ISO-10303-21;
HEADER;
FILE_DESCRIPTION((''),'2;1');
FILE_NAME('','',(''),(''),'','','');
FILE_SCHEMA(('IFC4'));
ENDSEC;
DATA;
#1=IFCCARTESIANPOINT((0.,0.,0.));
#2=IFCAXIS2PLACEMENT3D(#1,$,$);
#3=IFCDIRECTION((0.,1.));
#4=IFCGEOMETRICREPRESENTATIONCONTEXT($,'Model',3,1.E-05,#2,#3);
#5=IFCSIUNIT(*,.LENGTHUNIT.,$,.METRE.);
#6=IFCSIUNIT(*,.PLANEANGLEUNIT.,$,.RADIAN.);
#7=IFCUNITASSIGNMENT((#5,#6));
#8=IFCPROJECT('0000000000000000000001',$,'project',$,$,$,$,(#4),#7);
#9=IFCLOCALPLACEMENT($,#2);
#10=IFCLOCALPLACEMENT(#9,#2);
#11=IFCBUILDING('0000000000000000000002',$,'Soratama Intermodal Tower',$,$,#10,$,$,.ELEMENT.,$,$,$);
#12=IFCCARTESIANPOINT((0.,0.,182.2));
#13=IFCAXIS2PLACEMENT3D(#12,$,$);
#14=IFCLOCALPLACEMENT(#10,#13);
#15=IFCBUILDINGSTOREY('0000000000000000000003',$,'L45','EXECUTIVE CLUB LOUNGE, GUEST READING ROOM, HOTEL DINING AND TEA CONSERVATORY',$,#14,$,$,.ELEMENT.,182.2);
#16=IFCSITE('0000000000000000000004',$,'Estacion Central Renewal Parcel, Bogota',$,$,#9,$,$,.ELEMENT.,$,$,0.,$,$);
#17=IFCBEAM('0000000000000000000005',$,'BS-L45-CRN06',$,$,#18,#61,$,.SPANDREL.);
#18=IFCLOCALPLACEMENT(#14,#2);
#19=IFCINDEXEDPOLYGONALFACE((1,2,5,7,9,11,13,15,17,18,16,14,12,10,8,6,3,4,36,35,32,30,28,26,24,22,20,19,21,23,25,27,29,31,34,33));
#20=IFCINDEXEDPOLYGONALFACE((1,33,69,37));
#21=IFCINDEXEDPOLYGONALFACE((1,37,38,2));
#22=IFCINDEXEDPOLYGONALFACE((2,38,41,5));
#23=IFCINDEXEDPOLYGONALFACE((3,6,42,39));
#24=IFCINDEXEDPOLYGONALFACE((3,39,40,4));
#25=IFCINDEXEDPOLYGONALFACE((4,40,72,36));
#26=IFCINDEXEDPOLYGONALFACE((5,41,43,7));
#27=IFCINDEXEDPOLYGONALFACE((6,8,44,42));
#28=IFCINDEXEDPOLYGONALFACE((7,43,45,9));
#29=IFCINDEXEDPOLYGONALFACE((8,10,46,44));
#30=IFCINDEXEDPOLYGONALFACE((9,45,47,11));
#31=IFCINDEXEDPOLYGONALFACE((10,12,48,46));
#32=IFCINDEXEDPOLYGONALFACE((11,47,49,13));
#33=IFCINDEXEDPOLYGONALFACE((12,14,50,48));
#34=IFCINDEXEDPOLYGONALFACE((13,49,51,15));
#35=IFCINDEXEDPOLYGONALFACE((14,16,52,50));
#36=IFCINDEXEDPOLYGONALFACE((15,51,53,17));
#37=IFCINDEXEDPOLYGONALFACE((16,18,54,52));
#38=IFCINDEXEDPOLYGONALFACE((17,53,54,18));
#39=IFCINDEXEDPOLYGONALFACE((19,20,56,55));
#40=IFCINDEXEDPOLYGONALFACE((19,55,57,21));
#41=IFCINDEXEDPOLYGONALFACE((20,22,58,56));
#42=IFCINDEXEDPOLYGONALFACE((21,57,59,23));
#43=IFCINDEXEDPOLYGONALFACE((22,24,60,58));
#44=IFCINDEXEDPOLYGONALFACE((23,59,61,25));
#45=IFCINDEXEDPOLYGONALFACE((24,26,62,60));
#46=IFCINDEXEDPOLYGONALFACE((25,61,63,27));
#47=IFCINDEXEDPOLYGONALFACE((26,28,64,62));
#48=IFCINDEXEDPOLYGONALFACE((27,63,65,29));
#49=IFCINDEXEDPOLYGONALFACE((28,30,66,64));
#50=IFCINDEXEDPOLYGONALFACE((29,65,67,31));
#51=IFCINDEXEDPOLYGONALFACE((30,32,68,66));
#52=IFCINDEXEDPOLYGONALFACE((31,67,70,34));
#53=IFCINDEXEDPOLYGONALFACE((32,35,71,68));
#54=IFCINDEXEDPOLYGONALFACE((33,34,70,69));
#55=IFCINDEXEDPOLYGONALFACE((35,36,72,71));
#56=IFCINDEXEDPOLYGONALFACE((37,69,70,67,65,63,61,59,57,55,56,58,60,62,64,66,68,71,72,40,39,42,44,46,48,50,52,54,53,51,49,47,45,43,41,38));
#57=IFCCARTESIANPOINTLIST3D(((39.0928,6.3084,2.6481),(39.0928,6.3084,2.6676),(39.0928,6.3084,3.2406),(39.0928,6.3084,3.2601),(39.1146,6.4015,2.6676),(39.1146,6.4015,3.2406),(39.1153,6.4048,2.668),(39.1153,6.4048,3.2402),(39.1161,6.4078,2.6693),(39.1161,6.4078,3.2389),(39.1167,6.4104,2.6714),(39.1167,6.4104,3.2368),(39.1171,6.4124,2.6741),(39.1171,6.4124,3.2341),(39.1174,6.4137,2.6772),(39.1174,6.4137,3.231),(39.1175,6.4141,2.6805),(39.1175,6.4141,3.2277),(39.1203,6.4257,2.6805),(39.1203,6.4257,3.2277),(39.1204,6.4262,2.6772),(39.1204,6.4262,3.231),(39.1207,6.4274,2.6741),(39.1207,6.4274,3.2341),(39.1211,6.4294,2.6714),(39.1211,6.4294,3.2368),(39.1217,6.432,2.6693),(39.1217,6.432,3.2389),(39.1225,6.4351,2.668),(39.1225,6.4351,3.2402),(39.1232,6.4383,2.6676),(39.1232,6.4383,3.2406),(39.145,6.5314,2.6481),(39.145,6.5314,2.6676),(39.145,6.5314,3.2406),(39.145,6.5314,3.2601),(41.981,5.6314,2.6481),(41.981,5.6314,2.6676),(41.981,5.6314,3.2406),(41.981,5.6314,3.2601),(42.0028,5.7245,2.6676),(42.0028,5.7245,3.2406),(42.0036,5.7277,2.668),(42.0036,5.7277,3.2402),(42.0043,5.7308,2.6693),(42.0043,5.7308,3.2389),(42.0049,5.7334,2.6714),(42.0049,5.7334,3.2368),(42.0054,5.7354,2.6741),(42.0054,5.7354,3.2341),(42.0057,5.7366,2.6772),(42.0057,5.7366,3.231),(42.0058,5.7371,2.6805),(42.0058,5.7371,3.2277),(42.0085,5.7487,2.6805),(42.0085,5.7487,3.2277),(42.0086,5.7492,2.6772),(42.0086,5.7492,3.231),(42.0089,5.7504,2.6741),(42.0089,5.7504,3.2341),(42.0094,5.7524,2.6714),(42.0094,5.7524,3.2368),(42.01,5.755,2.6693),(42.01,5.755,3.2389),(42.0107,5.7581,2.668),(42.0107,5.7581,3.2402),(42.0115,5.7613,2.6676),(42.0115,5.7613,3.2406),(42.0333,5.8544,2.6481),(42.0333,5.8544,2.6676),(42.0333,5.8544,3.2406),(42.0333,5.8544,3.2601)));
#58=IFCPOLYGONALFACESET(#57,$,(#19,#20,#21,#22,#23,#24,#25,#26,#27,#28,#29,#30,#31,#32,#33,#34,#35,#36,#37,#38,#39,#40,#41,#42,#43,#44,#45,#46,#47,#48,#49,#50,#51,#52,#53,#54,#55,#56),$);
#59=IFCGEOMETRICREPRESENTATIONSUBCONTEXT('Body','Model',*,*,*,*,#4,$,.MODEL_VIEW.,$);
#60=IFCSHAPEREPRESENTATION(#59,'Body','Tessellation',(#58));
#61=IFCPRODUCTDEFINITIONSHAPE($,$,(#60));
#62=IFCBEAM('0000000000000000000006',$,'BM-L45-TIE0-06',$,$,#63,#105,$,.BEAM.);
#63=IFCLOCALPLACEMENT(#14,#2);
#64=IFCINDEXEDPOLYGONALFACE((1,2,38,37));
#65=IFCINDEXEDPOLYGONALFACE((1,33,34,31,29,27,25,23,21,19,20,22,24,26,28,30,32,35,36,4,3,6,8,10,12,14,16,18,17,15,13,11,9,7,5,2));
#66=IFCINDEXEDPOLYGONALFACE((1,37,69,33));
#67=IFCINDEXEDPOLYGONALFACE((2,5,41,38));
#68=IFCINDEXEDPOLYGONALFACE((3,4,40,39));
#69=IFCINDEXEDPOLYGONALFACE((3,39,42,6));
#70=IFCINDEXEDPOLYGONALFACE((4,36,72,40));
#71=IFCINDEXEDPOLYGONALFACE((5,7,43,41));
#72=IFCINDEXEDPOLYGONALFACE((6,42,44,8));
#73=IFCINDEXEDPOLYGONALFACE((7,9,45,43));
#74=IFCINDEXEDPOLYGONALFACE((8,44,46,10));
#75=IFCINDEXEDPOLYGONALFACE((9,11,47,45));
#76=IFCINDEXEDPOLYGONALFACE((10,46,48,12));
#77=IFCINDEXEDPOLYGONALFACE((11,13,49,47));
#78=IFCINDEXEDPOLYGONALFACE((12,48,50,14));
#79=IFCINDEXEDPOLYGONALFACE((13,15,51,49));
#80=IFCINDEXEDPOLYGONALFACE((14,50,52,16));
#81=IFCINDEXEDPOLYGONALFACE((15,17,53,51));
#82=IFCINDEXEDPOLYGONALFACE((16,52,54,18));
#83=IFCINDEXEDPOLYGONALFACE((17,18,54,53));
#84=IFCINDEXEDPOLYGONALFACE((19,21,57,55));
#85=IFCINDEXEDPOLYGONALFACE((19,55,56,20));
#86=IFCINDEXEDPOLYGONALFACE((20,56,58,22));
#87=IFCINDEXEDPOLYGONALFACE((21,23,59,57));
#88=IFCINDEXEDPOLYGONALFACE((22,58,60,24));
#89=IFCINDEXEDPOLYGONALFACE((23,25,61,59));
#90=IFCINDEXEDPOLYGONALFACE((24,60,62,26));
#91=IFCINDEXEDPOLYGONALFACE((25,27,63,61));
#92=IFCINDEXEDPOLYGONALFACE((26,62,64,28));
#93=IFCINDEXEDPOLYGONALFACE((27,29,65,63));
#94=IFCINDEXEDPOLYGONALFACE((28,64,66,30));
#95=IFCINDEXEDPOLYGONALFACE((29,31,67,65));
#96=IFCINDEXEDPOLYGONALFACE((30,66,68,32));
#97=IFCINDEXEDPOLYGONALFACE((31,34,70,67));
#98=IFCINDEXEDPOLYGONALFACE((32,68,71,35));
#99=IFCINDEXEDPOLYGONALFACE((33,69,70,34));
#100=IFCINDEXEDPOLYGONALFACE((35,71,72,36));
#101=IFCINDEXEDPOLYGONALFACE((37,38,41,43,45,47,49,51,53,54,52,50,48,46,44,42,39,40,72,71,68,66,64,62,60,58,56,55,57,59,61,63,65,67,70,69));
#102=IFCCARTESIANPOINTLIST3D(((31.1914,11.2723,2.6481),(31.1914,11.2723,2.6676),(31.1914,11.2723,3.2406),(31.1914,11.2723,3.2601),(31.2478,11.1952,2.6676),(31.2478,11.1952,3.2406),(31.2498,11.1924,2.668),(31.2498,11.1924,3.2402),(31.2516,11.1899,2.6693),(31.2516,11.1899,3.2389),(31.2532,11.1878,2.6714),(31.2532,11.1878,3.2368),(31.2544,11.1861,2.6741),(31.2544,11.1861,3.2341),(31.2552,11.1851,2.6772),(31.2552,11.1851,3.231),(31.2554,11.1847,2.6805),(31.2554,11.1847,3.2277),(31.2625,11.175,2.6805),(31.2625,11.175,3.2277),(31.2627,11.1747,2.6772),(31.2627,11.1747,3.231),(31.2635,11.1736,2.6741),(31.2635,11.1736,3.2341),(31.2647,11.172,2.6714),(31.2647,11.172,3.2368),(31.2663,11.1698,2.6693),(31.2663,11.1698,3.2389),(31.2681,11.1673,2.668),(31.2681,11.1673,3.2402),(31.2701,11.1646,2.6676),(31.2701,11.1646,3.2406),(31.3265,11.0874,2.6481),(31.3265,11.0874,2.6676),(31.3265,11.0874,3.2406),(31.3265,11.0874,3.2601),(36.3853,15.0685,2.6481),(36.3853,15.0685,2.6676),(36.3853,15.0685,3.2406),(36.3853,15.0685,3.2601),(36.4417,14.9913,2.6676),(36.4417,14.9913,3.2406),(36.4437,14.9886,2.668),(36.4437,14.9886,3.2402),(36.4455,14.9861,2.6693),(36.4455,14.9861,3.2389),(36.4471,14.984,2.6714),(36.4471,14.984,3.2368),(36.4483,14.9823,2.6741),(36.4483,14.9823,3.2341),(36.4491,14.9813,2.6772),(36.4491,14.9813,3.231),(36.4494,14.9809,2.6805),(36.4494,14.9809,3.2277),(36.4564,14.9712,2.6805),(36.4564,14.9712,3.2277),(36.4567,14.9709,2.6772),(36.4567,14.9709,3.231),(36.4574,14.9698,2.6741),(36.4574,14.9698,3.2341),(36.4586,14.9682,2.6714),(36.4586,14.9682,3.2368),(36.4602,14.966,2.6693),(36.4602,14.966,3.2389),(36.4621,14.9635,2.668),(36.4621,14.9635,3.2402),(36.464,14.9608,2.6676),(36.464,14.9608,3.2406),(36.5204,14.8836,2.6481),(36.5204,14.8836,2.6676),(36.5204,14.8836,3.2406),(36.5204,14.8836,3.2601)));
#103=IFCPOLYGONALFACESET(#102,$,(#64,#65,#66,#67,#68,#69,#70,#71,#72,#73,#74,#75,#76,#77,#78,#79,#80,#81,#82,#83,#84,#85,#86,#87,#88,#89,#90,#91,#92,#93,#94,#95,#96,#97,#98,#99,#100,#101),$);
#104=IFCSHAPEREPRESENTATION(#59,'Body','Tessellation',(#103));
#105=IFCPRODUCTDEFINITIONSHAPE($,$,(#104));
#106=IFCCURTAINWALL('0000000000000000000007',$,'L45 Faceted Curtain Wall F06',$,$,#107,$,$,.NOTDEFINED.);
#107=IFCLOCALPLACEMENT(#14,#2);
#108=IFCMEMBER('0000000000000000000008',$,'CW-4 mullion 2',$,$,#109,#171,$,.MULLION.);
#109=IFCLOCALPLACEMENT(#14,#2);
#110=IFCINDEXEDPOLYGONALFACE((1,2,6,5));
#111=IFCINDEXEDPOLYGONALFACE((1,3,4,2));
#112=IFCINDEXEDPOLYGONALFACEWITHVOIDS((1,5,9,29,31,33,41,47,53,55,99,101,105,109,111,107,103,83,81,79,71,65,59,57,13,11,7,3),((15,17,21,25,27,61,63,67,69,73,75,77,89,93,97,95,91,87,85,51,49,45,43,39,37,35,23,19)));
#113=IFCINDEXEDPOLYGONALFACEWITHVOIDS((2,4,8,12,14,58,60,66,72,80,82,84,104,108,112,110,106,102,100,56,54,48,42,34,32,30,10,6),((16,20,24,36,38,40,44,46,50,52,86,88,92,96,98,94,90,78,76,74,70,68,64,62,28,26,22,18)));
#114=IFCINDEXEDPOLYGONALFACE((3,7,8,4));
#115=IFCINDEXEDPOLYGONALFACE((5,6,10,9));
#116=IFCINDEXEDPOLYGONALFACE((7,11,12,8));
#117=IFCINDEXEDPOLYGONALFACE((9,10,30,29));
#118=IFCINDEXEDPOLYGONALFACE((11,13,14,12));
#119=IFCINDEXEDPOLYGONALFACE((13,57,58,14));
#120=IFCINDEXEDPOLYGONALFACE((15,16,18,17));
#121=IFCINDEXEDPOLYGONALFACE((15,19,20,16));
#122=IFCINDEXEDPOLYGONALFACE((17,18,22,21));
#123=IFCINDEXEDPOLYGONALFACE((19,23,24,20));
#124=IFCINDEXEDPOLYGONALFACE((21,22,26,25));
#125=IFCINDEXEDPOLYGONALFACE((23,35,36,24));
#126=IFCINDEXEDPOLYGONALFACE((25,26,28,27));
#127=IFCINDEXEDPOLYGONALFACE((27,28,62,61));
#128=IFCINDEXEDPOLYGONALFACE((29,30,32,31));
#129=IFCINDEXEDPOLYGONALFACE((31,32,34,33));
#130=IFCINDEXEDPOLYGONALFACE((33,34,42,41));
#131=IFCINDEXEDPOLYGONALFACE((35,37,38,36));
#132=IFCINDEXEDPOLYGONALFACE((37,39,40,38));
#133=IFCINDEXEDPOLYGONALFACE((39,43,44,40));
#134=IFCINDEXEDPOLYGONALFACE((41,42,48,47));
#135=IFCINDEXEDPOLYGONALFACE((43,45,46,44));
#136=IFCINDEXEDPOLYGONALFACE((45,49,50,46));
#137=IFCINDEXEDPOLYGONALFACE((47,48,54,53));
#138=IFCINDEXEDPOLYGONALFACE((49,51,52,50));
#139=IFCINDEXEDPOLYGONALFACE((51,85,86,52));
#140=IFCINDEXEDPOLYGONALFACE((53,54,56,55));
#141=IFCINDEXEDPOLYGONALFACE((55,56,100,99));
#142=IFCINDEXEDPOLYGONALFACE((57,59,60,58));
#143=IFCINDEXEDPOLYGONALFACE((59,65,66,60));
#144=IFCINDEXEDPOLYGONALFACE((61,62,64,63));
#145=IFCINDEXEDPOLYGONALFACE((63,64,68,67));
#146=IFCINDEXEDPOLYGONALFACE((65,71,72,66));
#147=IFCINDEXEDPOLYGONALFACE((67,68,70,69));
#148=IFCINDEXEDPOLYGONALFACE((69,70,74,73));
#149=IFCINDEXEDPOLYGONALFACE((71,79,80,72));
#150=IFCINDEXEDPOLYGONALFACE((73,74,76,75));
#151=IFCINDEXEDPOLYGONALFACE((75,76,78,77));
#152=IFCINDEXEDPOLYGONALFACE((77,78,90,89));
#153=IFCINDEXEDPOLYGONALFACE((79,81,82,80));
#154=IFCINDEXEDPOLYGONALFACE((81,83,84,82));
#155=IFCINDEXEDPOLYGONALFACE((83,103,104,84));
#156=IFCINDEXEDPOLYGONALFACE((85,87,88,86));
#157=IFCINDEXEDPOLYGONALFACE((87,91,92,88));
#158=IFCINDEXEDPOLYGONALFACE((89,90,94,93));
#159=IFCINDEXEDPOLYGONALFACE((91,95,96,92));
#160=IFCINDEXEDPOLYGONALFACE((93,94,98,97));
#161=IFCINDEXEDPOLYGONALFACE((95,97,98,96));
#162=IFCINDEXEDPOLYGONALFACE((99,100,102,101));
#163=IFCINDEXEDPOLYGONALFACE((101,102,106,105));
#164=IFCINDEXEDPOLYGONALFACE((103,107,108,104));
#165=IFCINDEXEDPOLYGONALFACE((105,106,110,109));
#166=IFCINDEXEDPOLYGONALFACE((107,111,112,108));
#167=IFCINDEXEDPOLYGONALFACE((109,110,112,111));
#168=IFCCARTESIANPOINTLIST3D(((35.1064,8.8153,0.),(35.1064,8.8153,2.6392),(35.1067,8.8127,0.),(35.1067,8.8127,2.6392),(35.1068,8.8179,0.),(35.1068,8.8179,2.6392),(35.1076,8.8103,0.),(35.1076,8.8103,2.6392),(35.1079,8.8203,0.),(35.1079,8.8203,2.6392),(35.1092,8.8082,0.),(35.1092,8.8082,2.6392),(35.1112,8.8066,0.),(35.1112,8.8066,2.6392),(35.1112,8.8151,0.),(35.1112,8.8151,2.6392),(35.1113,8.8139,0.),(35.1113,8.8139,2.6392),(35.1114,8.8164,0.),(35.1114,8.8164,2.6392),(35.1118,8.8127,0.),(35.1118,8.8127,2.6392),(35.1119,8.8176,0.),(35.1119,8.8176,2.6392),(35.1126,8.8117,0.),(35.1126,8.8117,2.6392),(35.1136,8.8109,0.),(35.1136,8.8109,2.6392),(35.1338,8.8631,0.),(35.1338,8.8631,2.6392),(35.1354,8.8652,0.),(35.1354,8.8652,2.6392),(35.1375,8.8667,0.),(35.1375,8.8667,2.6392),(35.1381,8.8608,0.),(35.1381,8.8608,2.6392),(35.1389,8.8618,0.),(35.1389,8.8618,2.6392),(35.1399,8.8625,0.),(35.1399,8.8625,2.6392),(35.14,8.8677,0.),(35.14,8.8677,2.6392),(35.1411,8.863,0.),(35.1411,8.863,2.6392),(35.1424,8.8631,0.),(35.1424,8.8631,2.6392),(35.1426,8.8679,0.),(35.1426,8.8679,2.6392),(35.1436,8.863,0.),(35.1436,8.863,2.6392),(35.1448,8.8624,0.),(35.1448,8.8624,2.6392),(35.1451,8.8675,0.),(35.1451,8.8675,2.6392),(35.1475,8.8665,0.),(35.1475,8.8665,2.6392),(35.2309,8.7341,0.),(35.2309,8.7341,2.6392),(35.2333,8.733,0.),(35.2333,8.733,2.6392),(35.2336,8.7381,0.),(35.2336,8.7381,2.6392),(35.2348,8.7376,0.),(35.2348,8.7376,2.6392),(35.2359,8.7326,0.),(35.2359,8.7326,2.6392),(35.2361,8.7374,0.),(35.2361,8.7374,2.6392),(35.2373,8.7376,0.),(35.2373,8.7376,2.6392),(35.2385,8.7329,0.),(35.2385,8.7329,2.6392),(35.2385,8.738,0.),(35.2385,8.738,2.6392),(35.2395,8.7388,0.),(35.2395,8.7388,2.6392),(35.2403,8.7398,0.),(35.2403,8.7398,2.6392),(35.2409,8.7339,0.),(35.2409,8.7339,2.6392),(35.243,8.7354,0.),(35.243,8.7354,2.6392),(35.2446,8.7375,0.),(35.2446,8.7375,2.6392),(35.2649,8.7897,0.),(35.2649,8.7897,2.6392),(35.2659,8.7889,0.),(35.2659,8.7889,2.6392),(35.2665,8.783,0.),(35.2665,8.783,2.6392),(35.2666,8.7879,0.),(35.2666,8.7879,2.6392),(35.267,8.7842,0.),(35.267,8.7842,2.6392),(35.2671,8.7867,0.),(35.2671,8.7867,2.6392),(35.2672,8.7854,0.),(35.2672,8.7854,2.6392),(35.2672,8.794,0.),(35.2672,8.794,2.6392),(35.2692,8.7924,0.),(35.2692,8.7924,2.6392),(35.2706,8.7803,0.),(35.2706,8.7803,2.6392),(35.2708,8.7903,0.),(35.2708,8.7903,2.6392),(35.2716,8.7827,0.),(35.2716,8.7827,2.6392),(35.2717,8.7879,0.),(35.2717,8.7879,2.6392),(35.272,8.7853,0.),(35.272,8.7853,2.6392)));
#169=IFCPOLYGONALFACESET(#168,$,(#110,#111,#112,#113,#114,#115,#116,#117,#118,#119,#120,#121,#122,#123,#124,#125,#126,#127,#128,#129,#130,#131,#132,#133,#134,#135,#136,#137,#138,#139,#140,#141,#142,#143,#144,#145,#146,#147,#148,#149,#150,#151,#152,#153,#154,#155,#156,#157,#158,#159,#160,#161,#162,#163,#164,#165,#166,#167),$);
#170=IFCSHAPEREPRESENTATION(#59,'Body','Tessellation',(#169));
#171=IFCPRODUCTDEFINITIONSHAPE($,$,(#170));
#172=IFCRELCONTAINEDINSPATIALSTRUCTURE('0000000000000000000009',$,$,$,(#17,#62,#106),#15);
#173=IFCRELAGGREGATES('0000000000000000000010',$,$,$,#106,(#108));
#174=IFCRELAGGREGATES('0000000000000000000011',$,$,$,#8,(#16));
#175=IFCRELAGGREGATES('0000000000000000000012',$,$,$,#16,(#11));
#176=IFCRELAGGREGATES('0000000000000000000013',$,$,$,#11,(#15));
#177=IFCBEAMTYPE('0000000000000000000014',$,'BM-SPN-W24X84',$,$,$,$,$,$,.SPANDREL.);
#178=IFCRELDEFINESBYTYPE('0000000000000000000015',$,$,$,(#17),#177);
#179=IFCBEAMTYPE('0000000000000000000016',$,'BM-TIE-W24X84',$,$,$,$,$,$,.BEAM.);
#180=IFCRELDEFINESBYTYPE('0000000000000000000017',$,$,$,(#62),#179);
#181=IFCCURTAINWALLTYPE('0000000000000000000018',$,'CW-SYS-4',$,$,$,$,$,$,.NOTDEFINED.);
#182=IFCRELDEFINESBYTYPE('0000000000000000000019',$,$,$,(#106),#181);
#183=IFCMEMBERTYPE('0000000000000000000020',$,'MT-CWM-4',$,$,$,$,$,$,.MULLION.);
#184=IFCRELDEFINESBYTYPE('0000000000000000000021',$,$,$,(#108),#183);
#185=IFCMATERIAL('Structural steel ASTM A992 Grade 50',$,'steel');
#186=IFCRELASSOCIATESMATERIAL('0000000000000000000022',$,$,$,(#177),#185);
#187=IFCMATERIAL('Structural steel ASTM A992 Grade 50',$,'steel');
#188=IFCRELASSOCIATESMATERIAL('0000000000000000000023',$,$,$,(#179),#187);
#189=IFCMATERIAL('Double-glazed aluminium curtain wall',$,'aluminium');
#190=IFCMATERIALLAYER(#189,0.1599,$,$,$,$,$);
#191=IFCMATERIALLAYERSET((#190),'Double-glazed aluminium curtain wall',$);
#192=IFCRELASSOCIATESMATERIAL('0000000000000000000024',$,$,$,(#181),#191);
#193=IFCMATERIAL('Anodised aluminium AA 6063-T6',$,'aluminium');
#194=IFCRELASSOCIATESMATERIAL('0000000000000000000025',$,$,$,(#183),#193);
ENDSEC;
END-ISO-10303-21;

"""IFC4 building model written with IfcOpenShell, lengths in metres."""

from ifc_helpers import new_model, si_unit, direction, frame, origin, origin_2d, place, context, subcontext, project, spatial, hollow_rectangle, i_section, extrude, material, layer, layer_set, material_profile, profile_set, type_object, element, aggregate, save


model = new_model("IFC4")

# Units and contexts
model_context = context("Model", 3, precision=1e-05, world=origin(), true_north=direction((0.0, 1.0)))
body_context = subcontext(model_context, "Body", "Model", "MODEL_VIEW")
ifc_project = project(units=[si_unit("LENGTHUNIT", "METRE"), si_unit("PLANEANGLEUNIT", "RADIAN")], contexts=[model_context])

# Site, building, storey
site_placement = place(None, origin())
site = spatial("IfcSite", under=ifc_project, at=site_placement, Name="Estacion Central Renewal Parcel, Bogota", CompositionType="ELEMENT", RefElevation=0.0)
building_placement = place(site_placement, origin())
building = spatial("IfcBuilding", under=site, at=building_placement, Name="Soratama Intermodal Tower", CompositionType="ELEMENT")
storey_placement = place(building_placement, frame((0.0, 0.0, 182.2)))
storey = spatial("IfcBuildingStorey", under=building, at=storey_placement, Name="L45", Description="EXECUTIVE CLUB LOUNGE, GUEST READING ROOM, HOTEL DINING AND TEA CONSERVATORY", CompositionType="ELEMENT", Elevation=182.2)

# Beams
ifc_material_1 = material(Name="Structural steel ASTM A992 Grade 50", Category="steel")
ifc_material_profile_1 = material_profile(ifc_material_1, i_section(OverallWidth=0.229, OverallDepth=0.6121, WebThickness=0.012, FlangeThickness=0.0195, FilletRadius=0.0129, at=origin_2d()), Name="W24X84")
ifc_profile_set_1 = profile_set([ifc_material_profile_1], Name="Structural steel ASTM A992 Grade 50")
beam_type_1 = type_object("IfcBeamType", Name="BM-SPN-W24X84", PredefinedType="SPANDREL", material=ifc_profile_set_1)
beam_1_placement = place(storey_placement, frame((39.1189, 6.4199, 2.9541), z_axis=(0.97361, -0.228218, 0.0), x_axis=(0.228218, 0.97361, 0.0)))
element("IfcBeam", 1, at=beam_1_placement, inside=storey, type_object=beam_type_1, Name="BS-L45-CRN06", PredefinedType="SPANDREL", context=body_context, shape_type="SweptSolid", body=[
    extrude(i_section(OverallWidth=0.229, OverallDepth=0.6121, WebThickness=0.012, FlangeThickness=0.0195, FilletRadius=0.0129, at=origin_2d()), origin(), (0.0, 0.0, 1.0), 2.9666),
])
ifc_material_2 = material(Name="Structural steel ASTM A992 Grade 50", Category="steel")
ifc_material_profile_2 = material_profile(ifc_material_2, i_section(OverallWidth=0.229, OverallDepth=0.6121, WebThickness=0.012, FlangeThickness=0.0195, FilletRadius=0.0129, at=origin_2d()), Name="W24X84")
ifc_profile_set_2 = profile_set([ifc_material_profile_2], Name="Structural steel ASTM A992 Grade 50")
beam_type_2 = type_object("IfcBeamType", Name="BM-TIE-W24X84", PredefinedType="BEAM", material=ifc_profile_set_2)
beam_2_placement = place(storey_placement, frame((36.4529, 14.9761, 2.9541), z_axis=(-0.807344, -0.590081, 0.0), x_axis=(0.590081, -0.807344, 0.0)))
element("IfcBeam", 2, at=beam_2_placement, inside=storey, type_object=beam_type_2, Name="BM-L45-TIE0-06", PredefinedType="BEAM", context=body_context, shape_type="SweptSolid", body=[
    extrude(i_section(OverallWidth=0.229, OverallDepth=0.6121, WebThickness=0.012, FlangeThickness=0.0195, FilletRadius=0.0129, at=origin_2d()), origin(), (0.0, 0.0, 1.0), 6.4333),
])

# Curtain wall, member
ifc_material_3 = material(Name="Double-glazed aluminium curtain wall", Category="aluminium")
ifc_layer_1 = layer(ifc_material_3, 0.1599)
ifc_layer_set_1 = layer_set([ifc_layer_1], Name="Double-glazed aluminium curtain wall")
curtain_wall_type = type_object("IfcCurtainWallType", Name="CW-SYS-4", PredefinedType="NOTDEFINED", material=ifc_layer_set_1)
curtain_wall_placement = place(storey_placement, origin())
curtain_wall = element("IfcCurtainWall", 3, at=curtain_wall_placement, inside=storey, type_object=curtain_wall_type, Name="L45 Faceted Curtain Wall F06", PredefinedType="NOTDEFINED")
ifc_material_4 = material(Name="Anodised aluminium AA 6063-T6", Category="aluminium")
ifc_material_profile_3 = material_profile(ifc_material_4, hollow_rectangle(XDim=0.0701, YDim=0.1599, WallThickness=0.0049, InnerFilletRadius=0.0049, OuterFilletRadius=0.01, at=origin_2d()), Name="CWM160X70X5")
ifc_profile_set_3 = profile_set([ifc_material_profile_3], Name="Anodised aluminium AA 6063-T6")
member_type_1 = type_object("IfcMemberType", Name="MT-CWM-4", PredefinedType="MULLION", material=ifc_profile_set_3)
member_1_placement = place(storey_placement, frame((35.1892, 8.8003, 0.0), z_axis=(0.0, 0.0, 1.0), x_axis=(0.518027, 0.855364, 0.0)))
member_1 = element("IfcMember", 4, at=member_1_placement, type_object=member_type_1, Name="CW-4 mullion 2", PredefinedType="MULLION", context=body_context, shape_type="SweptSolid", body=[
    extrude(hollow_rectangle(XDim=0.0701, YDim=0.1599, WallThickness=0.0049, InnerFilletRadius=0.0049, OuterFilletRadius=0.01, at=origin_2d()), origin(), (0.0, 0.0, 1.0), 2.6392),
])
aggregate(curtain_wall, [member_1])

save(model, "model.ifc")
